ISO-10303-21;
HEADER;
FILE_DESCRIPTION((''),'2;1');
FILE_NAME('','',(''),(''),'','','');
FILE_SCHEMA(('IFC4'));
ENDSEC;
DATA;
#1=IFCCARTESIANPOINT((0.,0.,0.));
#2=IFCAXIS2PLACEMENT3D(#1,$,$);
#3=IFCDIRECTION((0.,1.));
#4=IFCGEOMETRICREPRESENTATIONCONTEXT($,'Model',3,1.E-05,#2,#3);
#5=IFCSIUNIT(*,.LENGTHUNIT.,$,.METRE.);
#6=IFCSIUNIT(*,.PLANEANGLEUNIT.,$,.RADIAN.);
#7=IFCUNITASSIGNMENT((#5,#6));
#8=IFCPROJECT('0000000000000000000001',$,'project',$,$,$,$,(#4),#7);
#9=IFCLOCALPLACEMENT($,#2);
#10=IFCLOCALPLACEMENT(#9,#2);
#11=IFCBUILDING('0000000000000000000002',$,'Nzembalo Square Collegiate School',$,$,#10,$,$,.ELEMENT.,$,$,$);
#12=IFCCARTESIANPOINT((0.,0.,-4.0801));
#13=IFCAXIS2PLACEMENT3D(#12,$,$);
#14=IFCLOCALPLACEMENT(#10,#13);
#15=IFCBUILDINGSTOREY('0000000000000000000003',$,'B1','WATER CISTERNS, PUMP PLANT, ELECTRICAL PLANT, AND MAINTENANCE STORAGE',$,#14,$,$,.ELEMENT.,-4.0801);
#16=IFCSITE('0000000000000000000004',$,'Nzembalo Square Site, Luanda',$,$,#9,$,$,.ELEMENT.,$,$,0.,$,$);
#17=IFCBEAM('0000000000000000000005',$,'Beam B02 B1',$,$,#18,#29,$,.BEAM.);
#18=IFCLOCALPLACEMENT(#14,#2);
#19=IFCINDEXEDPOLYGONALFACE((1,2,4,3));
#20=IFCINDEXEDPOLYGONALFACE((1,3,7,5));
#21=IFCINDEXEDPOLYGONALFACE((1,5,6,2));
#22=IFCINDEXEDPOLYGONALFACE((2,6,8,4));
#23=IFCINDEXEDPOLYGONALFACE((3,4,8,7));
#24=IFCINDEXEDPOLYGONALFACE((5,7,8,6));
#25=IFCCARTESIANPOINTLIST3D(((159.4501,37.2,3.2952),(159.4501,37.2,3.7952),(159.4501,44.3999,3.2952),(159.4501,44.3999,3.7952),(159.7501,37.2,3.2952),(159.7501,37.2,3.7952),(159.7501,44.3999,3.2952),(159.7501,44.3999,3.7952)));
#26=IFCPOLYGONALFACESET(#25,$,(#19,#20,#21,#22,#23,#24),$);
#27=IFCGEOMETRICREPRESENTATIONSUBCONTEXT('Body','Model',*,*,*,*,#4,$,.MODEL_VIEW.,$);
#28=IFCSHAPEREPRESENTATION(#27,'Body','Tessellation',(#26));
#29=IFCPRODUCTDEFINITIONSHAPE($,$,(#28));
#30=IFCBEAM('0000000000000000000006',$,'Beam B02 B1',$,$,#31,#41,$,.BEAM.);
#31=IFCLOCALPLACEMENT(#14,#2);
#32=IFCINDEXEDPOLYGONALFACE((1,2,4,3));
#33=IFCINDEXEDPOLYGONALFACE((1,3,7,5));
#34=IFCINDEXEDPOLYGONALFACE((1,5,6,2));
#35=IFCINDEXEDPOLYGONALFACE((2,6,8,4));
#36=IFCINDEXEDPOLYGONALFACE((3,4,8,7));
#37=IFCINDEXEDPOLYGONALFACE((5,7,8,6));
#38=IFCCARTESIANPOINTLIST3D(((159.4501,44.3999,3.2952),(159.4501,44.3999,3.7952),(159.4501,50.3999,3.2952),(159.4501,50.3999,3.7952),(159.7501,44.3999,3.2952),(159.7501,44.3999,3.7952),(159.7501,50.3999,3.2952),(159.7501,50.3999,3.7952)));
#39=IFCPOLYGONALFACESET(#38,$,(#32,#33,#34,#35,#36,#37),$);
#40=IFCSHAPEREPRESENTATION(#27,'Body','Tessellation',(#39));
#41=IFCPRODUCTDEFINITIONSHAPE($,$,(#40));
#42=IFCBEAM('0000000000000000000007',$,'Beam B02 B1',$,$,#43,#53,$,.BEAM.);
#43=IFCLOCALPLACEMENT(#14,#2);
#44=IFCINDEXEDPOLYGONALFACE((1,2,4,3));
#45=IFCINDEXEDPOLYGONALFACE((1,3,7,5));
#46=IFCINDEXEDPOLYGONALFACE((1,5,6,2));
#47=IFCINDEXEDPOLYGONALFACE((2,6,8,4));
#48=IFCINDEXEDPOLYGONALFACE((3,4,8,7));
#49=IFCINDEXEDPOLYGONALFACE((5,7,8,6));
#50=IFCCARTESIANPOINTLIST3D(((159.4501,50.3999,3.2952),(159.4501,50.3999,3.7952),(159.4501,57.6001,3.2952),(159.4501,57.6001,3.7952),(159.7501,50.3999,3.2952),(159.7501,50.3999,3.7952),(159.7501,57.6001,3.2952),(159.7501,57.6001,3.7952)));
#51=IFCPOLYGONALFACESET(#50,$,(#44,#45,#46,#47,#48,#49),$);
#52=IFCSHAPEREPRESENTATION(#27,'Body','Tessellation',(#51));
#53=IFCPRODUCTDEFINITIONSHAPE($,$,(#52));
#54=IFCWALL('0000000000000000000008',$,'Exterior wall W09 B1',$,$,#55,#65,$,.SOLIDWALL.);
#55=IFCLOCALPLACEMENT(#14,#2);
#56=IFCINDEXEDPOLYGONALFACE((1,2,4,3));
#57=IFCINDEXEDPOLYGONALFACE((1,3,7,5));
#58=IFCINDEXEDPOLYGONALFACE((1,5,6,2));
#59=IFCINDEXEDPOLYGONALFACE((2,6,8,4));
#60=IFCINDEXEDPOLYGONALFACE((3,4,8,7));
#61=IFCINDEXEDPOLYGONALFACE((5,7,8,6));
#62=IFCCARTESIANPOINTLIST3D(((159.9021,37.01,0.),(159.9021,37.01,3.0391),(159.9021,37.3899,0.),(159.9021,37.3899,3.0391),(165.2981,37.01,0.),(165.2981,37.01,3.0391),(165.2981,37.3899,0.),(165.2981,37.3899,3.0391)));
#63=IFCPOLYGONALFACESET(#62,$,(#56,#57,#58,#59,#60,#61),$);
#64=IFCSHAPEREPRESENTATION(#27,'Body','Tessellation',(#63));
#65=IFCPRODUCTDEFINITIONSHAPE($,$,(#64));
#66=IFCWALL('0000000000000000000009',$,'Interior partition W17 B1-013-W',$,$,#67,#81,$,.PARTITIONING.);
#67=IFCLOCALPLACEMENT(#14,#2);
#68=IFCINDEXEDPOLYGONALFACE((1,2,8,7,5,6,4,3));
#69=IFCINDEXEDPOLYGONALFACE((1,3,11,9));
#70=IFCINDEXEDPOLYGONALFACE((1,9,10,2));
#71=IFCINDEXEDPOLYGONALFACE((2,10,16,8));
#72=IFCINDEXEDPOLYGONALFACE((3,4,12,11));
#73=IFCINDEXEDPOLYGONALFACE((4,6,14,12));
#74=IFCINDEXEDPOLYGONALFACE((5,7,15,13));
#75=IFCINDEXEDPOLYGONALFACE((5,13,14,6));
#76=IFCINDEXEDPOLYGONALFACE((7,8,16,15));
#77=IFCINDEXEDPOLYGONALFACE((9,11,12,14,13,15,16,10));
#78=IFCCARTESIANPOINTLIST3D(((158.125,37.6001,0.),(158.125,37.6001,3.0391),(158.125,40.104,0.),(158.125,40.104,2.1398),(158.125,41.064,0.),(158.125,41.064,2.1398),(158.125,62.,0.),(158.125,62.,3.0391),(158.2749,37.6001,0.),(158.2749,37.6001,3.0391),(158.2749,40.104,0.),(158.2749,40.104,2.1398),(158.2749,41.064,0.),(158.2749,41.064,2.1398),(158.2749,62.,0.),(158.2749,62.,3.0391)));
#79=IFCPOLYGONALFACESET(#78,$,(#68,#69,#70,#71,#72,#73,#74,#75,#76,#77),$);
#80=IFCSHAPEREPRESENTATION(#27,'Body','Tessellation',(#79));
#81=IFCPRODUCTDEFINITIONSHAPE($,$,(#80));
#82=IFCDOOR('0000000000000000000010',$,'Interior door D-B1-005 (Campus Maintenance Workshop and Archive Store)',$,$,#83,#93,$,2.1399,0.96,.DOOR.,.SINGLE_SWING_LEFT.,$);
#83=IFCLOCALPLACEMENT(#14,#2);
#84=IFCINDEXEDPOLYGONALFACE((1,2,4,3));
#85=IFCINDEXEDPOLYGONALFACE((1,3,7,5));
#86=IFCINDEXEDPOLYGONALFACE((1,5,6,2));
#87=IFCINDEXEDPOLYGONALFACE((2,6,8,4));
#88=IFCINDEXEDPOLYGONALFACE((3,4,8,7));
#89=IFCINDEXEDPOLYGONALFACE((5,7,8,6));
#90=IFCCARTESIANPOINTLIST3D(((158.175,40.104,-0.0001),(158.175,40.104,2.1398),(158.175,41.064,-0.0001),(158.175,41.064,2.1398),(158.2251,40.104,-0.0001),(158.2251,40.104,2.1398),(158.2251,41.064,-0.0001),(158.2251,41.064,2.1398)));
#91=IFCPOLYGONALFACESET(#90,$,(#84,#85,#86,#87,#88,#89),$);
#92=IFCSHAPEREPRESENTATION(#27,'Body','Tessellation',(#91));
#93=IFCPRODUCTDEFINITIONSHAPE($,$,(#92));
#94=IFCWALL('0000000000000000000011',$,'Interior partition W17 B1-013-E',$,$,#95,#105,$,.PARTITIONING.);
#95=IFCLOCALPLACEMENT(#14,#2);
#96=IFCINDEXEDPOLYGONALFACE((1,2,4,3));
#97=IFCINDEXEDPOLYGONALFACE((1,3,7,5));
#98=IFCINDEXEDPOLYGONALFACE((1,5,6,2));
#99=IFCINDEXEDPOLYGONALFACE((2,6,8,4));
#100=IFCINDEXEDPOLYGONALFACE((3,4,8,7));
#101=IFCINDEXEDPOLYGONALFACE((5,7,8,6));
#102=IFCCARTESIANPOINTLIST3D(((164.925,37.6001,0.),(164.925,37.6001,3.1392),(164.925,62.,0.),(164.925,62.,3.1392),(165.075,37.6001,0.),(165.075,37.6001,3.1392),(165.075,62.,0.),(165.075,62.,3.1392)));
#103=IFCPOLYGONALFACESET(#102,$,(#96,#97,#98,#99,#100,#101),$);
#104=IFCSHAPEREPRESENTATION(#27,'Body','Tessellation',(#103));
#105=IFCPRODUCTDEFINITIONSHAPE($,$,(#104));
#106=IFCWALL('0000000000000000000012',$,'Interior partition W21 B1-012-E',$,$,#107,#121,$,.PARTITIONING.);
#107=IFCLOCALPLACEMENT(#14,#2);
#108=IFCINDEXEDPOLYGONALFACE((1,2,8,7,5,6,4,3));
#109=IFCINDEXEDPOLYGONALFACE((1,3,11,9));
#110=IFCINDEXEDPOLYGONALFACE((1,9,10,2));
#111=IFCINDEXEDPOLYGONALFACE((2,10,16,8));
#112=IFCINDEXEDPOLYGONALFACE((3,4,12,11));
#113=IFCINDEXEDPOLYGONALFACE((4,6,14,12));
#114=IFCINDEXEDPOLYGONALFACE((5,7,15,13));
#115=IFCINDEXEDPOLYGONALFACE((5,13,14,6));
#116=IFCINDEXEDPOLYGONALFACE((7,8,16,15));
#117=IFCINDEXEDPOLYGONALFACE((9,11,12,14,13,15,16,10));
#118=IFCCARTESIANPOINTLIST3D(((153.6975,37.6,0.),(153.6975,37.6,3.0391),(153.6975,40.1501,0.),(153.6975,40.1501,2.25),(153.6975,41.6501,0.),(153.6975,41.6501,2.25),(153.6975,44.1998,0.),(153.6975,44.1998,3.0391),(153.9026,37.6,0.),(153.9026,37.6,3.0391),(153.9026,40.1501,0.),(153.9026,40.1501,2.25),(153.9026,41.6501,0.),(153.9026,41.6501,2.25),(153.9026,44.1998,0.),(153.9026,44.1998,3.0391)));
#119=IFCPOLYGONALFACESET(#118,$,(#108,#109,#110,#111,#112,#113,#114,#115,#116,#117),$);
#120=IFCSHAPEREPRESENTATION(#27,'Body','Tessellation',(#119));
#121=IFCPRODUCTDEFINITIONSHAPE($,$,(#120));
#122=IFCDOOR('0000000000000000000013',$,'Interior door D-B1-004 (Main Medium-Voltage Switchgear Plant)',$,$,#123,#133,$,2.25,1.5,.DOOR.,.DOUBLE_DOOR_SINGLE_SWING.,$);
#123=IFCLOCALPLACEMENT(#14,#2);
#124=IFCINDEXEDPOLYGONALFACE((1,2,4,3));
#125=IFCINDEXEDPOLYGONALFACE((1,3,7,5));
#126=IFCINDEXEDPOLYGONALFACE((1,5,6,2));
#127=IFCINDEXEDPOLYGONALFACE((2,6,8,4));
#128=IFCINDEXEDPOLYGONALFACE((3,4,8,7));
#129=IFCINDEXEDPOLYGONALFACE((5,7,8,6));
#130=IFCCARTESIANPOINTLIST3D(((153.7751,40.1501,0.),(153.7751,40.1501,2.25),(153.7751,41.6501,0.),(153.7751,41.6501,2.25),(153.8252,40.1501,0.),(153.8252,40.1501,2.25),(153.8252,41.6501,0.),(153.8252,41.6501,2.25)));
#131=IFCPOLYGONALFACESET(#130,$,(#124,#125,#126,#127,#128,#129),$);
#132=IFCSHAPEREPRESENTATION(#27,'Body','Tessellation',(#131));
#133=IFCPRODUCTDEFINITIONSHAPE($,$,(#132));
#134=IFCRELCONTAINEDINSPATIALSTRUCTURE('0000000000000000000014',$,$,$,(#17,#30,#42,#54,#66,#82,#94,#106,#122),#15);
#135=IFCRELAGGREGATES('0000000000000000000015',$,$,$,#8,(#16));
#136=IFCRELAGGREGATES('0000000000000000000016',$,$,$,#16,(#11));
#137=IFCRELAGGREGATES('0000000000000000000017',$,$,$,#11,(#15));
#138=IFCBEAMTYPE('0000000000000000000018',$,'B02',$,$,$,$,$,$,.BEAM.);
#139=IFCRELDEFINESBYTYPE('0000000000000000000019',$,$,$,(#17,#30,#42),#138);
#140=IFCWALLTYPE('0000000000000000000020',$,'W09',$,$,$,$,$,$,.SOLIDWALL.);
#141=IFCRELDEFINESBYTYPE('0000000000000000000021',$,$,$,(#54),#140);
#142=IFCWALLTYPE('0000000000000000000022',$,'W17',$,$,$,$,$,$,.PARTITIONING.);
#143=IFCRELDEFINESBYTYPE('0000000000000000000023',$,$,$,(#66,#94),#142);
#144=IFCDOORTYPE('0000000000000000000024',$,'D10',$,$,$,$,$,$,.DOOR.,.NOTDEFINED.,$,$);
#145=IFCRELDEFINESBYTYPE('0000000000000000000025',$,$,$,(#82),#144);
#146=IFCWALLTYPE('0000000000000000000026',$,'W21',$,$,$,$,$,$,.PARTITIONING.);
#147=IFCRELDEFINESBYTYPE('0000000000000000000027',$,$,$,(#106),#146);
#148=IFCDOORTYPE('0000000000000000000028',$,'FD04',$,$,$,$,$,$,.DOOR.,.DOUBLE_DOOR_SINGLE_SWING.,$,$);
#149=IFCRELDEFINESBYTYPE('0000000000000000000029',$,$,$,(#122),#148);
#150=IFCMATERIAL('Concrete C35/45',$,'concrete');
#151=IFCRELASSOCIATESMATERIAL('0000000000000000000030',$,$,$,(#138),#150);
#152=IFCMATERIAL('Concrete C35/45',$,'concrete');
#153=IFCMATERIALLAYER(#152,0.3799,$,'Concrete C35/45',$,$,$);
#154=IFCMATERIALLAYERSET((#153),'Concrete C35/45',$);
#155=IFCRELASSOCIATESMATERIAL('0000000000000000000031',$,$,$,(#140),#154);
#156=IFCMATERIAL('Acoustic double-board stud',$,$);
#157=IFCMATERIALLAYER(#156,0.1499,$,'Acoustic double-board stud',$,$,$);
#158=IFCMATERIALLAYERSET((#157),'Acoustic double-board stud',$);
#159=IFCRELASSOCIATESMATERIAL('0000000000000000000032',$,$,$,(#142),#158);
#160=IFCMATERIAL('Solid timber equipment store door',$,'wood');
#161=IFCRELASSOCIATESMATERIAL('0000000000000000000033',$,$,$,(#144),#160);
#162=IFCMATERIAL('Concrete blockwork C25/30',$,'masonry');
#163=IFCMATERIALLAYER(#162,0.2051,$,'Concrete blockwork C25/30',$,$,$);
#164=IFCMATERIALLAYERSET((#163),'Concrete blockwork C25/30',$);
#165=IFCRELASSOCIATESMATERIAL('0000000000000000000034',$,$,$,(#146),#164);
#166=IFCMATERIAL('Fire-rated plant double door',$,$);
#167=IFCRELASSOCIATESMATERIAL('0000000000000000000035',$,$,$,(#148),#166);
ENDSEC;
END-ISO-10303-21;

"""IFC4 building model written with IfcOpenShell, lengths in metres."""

from ifc_helpers import new_model, si_unit, direction, frame, frame_2d, origin, origin_2d, place, context, subcontext, project, spatial, rectangle, extrude, material, layer, layer_set, material_profile, profile_set, type_object, element, fill, save


model = new_model("IFC4")

# Units and contexts
model_context = context("Model", 3, precision=1e-05, world=origin(), true_north=direction((0.0, 1.0)))
body_context = subcontext(model_context, "Body", "Model", "MODEL_VIEW")
ifc_project = project(units=[si_unit("LENGTHUNIT", "METRE"), si_unit("PLANEANGLEUNIT", "RADIAN")], contexts=[model_context])

# Site, building, storey
site_placement = place(None, origin())
site = spatial("IfcSite", under=ifc_project, at=site_placement, Name="Nzembalo Square Site, Luanda", CompositionType="ELEMENT", RefElevation=0.0)
building_placement = place(site_placement, origin())
building = spatial("IfcBuilding", under=site, at=building_placement, Name="Nzembalo Square Collegiate School", CompositionType="ELEMENT")
storey_placement = place(building_placement, frame((0.0, 0.0, -4.0801)))
storey = spatial("IfcBuildingStorey", under=building, at=storey_placement, Name="B1", Description="WATER CISTERNS, PUMP PLANT, ELECTRICAL PLANT, AND MAINTENANCE STORAGE", CompositionType="ELEMENT", Elevation=-4.0801)

# Beams
ifc_material_1 = material(Name="Concrete C35/45", Category="concrete")
ifc_material_profile_1 = material_profile(ifc_material_1, rectangle(XDim=0.3, YDim=0.5, at=origin_2d()), Name="RC 300x500")
ifc_profile_set_1 = profile_set([ifc_material_profile_1], Name="Concrete C35/45")
beam_type_1 = type_object("IfcBeamType", Name="B02", PredefinedType="BEAM", material=ifc_profile_set_1)
beam_1_placement = place(storey_placement, frame((159.6001, 37.2, 3.5452), z_axis=(0.0, 1.0, 0.0), x_axis=(-1.0, 0.0, 0.0)))
element("IfcBeam", 1, at=beam_1_placement, inside=storey, type_object=beam_type_1, Name="Beam B02 B1", PredefinedType="BEAM", context=body_context, shape_type="SweptSolid", body=[
    extrude(rectangle(XDim=0.3, YDim=0.5, at=origin_2d()), origin(), (0.0, 0.0, 1.0), 7.2),
])
beam_2_placement = place(storey_placement, frame((159.6001, 44.3999, 3.5452), z_axis=(0.0, 1.0, 0.0), x_axis=(-1.0, 0.0, 0.0)))
element("IfcBeam", 2, at=beam_2_placement, inside=storey, type_object=beam_type_1, Name="Beam B02 B1", PredefinedType="BEAM", context=body_context, shape_type="SweptSolid", body=[
    extrude(rectangle(XDim=0.3, YDim=0.5, at=origin_2d()), origin(), (0.0, 0.0, 1.0), 6.0),
])
beam_3_placement = place(storey_placement, frame((159.6001, 50.3999, 3.5452), z_axis=(0.0, 1.0, 0.0), x_axis=(-1.0, 0.0, 0.0)))
element("IfcBeam", 3, at=beam_3_placement, inside=storey, type_object=beam_type_1, Name="Beam B02 B1", PredefinedType="BEAM", context=body_context, shape_type="SweptSolid", body=[
    extrude(rectangle(XDim=0.3, YDim=0.5, at=origin_2d()), origin(), (0.0, 0.0, 1.0), 7.2002),
])

# Wall
ifc_material_2 = material(Name="Concrete C35/45", Category="concrete")
ifc_layer_1 = layer(ifc_material_2, 0.3799, Name="Concrete C35/45")
ifc_layer_set_1 = layer_set([ifc_layer_1], Name="Concrete C35/45")
wall_type_1 = type_object("IfcWallType", Name="W09", PredefinedType="SOLIDWALL", material=ifc_layer_set_1)
wall_1_placement = place(storey_placement, frame((159.9021, 37.2, 0.0), z_axis=(0.0, 0.0, 1.0), x_axis=(1.0, 0.0, 0.0)))
element("IfcWall", 4, at=wall_1_placement, inside=storey, type_object=wall_type_1, Name="Exterior wall W09 B1", PredefinedType="SOLIDWALL", context=body_context, shape_type="SweptSolid", body=[
    extrude(rectangle(XDim=5.396, YDim=0.3799, at=frame_2d((2.698, 0.0))), origin(), (0.0, 0.0, 1.0), 3.0391),
])

# Wall, opening, door
ifc_material_3 = material(Name="Acoustic double-board stud")
ifc_layer_2 = layer(ifc_material_3, 0.1499, Name="Acoustic double-board stud")
ifc_layer_set_2 = layer_set([ifc_layer_2], Name="Acoustic double-board stud")
wall_type_2 = type_object("IfcWallType", Name="W17", PredefinedType="PARTITIONING", material=ifc_layer_set_2)
wall_2_placement = place(storey_placement, frame((158.2, 37.6001, 0.0), z_axis=(0.0, 0.0, 1.0), x_axis=(0.0, 1.0, 0.0)))
wall_2 = element("IfcWall", 5, at=wall_2_placement, inside=storey, type_object=wall_type_2, Name="Interior partition W17 B1-013-W", PredefinedType="PARTITIONING", context=body_context, shape_type="SweptSolid", body=[
    extrude(rectangle(XDim=24.3999, YDim=0.1499, at=frame_2d((12.2, 0.0))), origin(), (0.0, 0.0, 1.0), 3.0391),
])
opening_1_placement = place(wall_2_placement, frame((2.5039, 0.0, 0.0)))
opening_1 = element("IfcOpeningElement", 6, at=opening_1_placement, cuts=wall_2, PredefinedType="OPENING", context=body_context, shape_type="SweptSolid", body=[
    extrude(rectangle(XDim=0.96, YDim=2.1399, at=frame_2d((0.48, 1.0698))), frame((0.0, 0.085, 0.0), z_axis=(0.0, -1.0, 0.0), x_axis=(1.0, 0.0, 0.0)), (0.0, 0.0, 1.0), 0.1699),
])
ifc_material_4 = material(Name="Solid timber equipment store door", Category="wood")
door_type_1 = type_object("IfcDoorType", Name="D10", OperationType="NOTDEFINED", PredefinedType="DOOR", material=ifc_material_4)
door_1_placement = place(opening_1_placement, origin())
door_1 = element("IfcDoor", 7, at=door_1_placement, inside=storey, type_object=door_type_1, Name="Interior door D-B1-005 (Campus Maintenance Workshop and Archive Store)", OperationType="SINGLE_SWING_LEFT", OverallHeight=2.1399, OverallWidth=0.96, PredefinedType="DOOR", context=body_context, shape_type="SweptSolid", body=[
    extrude(rectangle(XDim=0.96, YDim=2.1399, at=frame_2d((0.48, 1.0698))), frame((0.0, 0.0249, 0.0), z_axis=(0.0, -1.0, 0.0), x_axis=(1.0, 0.0, 0.0)), (0.0, 0.0, 1.0), 0.05),
])
fill(opening_1, door_1)

# Wall
wall_3_placement = place(storey_placement, frame((165.0, 37.6001, 0.0), z_axis=(0.0, 0.0, 1.0), x_axis=(0.0, 1.0, 0.0)))
element("IfcWall", 8, at=wall_3_placement, inside=storey, type_object=wall_type_2, Name="Interior partition W17 B1-013-E", PredefinedType="PARTITIONING", context=body_context, shape_type="SweptSolid", body=[
    extrude(rectangle(XDim=24.3999, YDim=0.1499, at=frame_2d((12.2, 0.0))), origin(), (0.0, 0.0, 1.0), 3.1392),
])

# Wall, opening, door
ifc_material_5 = material(Name="Concrete blockwork C25/30", Category="masonry")
ifc_layer_3 = layer(ifc_material_5, 0.2051, Name="Concrete blockwork C25/30")
ifc_layer_set_3 = layer_set([ifc_layer_3], Name="Concrete blockwork C25/30")
wall_type_3 = type_object("IfcWallType", Name="W21", PredefinedType="PARTITIONING", material=ifc_layer_set_3)
wall_4_placement = place(storey_placement, frame((153.8, 37.6001, 0.0), z_axis=(0.0, 0.0, 1.0), x_axis=(0.0, 1.0, 0.0)))
wall_4 = element("IfcWall", 9, at=wall_4_placement, inside=storey, type_object=wall_type_3, Name="Interior partition W21 B1-012-E", PredefinedType="PARTITIONING", context=body_context, shape_type="SweptSolid", body=[
    extrude(rectangle(XDim=6.5999, YDim=0.2051, at=frame_2d((3.2998, 0.0))), origin(), (0.0, 0.0, 1.0), 3.0391),
])
opening_2_placement = place(wall_4_placement, frame((2.55, 0.0, 0.0)))
opening_2 = element("IfcOpeningElement", 10, at=opening_2_placement, cuts=wall_4, PredefinedType="OPENING", context=body_context, shape_type="SweptSolid", body=[
    extrude(rectangle(XDim=1.5, YDim=2.25, at=frame_2d((0.75, 1.125))), frame((0.0, 0.1125, 0.0), z_axis=(0.0, -1.0, 0.0), x_axis=(1.0, 0.0, 0.0)), (0.0, 0.0, 1.0), 0.2251),
])
ifc_material_6 = material(Name="Fire-rated plant double door")
door_type_2 = type_object("IfcDoorType", Name="FD04", OperationType="DOUBLE_DOOR_SINGLE_SWING", PredefinedType="DOOR", material=ifc_material_6)
door_2_placement = place(opening_2_placement, origin())
door_2 = element("IfcDoor", 11, at=door_2_placement, inside=storey, type_object=door_type_2, Name="Interior door D-B1-004 (Main Medium-Voltage Switchgear Plant)", OperationType="DOUBLE_DOOR_SINGLE_SWING", OverallHeight=2.25, OverallWidth=1.5, PredefinedType="DOOR", context=body_context, shape_type="SweptSolid", body=[
    extrude(rectangle(XDim=1.5, YDim=2.25, at=frame_2d((0.75, 1.125))), frame((0.0, 0.0249, 0.0), z_axis=(0.0, -1.0, 0.0), x_axis=(1.0, 0.0, 0.0)), (0.0, 0.0, 1.0), 0.05),
])
fill(opening_2, door_2)

save(model, "model.ifc")
